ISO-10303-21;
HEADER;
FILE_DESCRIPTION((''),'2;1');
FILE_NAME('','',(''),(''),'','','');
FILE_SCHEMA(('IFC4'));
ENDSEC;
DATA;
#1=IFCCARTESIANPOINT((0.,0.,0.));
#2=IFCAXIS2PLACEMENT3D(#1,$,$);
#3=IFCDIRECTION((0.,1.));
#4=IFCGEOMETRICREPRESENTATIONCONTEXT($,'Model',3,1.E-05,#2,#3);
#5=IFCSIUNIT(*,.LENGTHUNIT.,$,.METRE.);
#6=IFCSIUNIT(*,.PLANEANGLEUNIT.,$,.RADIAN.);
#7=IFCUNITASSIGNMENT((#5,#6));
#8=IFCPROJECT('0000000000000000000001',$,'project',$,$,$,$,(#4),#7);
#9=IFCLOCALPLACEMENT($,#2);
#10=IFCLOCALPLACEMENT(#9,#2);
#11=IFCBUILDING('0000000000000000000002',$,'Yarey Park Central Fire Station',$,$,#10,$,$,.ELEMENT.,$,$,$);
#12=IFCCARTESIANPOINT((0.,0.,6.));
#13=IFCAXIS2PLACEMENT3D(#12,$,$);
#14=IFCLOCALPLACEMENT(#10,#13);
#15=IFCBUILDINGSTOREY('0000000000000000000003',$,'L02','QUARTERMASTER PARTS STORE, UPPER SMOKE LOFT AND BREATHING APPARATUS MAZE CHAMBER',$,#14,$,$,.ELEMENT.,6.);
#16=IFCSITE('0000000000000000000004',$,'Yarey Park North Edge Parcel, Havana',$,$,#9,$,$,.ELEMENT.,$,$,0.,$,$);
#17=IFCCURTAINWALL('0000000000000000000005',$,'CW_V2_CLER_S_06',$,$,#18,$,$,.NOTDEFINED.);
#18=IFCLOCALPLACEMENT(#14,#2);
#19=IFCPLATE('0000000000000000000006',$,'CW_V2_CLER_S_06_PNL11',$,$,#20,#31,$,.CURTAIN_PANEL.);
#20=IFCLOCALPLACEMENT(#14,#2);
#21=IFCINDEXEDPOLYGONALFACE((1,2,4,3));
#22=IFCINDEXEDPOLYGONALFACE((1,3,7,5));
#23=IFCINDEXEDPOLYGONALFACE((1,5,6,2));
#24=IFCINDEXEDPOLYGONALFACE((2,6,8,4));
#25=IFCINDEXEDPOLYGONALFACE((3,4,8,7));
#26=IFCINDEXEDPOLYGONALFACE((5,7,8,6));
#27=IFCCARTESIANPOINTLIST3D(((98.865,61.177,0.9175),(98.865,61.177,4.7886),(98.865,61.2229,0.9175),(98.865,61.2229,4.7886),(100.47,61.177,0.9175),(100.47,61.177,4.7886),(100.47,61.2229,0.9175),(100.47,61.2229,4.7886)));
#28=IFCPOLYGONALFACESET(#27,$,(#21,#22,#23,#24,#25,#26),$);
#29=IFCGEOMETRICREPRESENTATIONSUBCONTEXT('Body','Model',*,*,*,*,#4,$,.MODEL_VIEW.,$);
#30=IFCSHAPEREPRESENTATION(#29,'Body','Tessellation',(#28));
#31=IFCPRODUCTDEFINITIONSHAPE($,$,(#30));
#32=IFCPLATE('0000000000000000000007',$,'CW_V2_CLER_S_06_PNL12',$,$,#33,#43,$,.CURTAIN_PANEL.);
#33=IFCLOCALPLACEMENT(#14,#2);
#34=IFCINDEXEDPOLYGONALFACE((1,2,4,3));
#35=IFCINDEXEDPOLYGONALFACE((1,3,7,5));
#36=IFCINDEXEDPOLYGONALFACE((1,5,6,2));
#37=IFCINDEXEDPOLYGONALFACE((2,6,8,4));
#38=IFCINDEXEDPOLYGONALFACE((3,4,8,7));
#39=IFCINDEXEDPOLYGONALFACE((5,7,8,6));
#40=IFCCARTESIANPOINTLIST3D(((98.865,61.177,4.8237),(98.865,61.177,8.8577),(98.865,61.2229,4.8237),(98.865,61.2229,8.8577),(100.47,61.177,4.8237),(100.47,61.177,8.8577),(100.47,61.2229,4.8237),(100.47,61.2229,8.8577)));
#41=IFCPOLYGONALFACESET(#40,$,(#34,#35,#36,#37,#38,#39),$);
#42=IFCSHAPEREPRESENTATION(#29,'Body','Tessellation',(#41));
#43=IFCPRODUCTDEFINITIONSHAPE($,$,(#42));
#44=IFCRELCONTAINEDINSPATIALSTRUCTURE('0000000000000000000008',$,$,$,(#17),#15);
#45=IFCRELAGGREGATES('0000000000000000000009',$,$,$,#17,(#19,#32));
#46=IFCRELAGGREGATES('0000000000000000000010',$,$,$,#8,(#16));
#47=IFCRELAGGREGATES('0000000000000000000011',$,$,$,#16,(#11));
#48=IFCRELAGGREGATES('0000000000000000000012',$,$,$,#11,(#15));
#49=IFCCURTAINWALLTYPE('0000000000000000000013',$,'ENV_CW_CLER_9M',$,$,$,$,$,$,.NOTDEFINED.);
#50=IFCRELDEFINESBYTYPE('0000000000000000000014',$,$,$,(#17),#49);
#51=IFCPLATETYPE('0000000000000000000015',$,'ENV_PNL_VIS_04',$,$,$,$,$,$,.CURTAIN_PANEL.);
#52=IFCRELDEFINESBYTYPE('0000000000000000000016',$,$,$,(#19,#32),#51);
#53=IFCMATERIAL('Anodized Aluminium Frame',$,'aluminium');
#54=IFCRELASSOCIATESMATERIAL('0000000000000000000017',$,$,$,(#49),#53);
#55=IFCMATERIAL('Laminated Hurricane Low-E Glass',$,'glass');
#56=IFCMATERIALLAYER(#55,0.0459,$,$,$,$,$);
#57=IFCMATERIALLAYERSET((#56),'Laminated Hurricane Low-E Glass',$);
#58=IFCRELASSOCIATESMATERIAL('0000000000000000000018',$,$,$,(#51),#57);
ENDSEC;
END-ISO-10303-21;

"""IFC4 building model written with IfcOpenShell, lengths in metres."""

from ifc_helpers import new_model, si_unit, direction, frame, origin, origin_2d, place, context, subcontext, project, spatial, rectangle, extrude, material, layer, layer_set, type_object, element, aggregate, save


model = new_model("IFC4")

# Units and contexts
model_context = context("Model", 3, precision=1e-05, world=origin(), true_north=direction((0.0, 1.0)))
body_context = subcontext(model_context, "Body", "Model", "MODEL_VIEW")
ifc_project = project(units=[si_unit("LENGTHUNIT", "METRE"), si_unit("PLANEANGLEUNIT", "RADIAN")], contexts=[model_context])

# Site, building, storey
site_placement = place(None, origin())
site = spatial("IfcSite", under=ifc_project, at=site_placement, Name="Yarey Park North Edge Parcel, Havana", CompositionType="ELEMENT", RefElevation=0.0)
building_placement = place(site_placement, origin())
building = spatial("IfcBuilding", under=site, at=building_placement, Name="Yarey Park Central Fire Station", CompositionType="ELEMENT")
storey_placement = place(building_placement, frame((0.0, 0.0, 6.0)))
storey = spatial("IfcBuildingStorey", under=building, at=storey_placement, Name="L02", Description="QUARTERMASTER PARTS STORE, UPPER SMOKE LOFT AND BREATHING APPARATUS MAZE CHAMBER", CompositionType="ELEMENT", Elevation=6.0)

# Curtain wall
ifc_material_1 = material(Name="Anodized Aluminium Frame", Category="aluminium")
curtain_wall_type = type_object("IfcCurtainWallType", Name="ENV_CW_CLER_9M", PredefinedType="NOTDEFINED", material=ifc_material_1)
curtain_wall_1_placement = place(storey_placement, origin())
curtain_wall_1 = element("IfcCurtainWall", 1, at=curtain_wall_1_placement, inside=storey, type_object=curtain_wall_type, Name="CW_V2_CLER_S_06", PredefinedType="NOTDEFINED")

# Plates
ifc_material_2 = material(Name="Laminated Hurricane Low-E Glass", Category="glass")
ifc_layer_1 = layer(ifc_material_2, 0.0459)
ifc_layer_set_1 = layer_set([ifc_layer_1], Name="Laminated Hurricane Low-E Glass")
plate_type_1 = type_object("IfcPlateType", Name="ENV_PNL_VIS_04", PredefinedType="CURTAIN_PANEL", material=ifc_layer_set_1)
plate_1_placement = place(storey_placement, frame((99.6675, 61.2, 0.9175), z_axis=(0.0, 0.0, 1.0), x_axis=(1.0, 0.0, 0.0)))
plate_1 = element("IfcPlate", 2, at=plate_1_placement, type_object=plate_type_1, Name="CW_V2_CLER_S_06_PNL11", PredefinedType="CURTAIN_PANEL", context=body_context, shape_type="SweptSolid", body=[
    extrude(rectangle(XDim=1.605, YDim=0.0459, at=origin_2d()), origin(), (0.0, 0.0, 1.0), 3.8711),
])
plate_2_placement = place(storey_placement, frame((99.6675, 61.2, 4.8237), z_axis=(0.0, 0.0, 1.0), x_axis=(1.0, 0.0, 0.0)))
plate_2 = element("IfcPlate", 3, at=plate_2_placement, type_object=plate_type_1, Name="CW_V2_CLER_S_06_PNL12", PredefinedType="CURTAIN_PANEL", context=body_context, shape_type="SweptSolid", body=[
    extrude(rectangle(XDim=1.605, YDim=0.0459, at=origin_2d()), origin(), (0.0, 0.0, 1.0), 4.0339),
])
aggregate(curtain_wall_1, [plate_1, plate_2])

save(model, "model.ifc")
